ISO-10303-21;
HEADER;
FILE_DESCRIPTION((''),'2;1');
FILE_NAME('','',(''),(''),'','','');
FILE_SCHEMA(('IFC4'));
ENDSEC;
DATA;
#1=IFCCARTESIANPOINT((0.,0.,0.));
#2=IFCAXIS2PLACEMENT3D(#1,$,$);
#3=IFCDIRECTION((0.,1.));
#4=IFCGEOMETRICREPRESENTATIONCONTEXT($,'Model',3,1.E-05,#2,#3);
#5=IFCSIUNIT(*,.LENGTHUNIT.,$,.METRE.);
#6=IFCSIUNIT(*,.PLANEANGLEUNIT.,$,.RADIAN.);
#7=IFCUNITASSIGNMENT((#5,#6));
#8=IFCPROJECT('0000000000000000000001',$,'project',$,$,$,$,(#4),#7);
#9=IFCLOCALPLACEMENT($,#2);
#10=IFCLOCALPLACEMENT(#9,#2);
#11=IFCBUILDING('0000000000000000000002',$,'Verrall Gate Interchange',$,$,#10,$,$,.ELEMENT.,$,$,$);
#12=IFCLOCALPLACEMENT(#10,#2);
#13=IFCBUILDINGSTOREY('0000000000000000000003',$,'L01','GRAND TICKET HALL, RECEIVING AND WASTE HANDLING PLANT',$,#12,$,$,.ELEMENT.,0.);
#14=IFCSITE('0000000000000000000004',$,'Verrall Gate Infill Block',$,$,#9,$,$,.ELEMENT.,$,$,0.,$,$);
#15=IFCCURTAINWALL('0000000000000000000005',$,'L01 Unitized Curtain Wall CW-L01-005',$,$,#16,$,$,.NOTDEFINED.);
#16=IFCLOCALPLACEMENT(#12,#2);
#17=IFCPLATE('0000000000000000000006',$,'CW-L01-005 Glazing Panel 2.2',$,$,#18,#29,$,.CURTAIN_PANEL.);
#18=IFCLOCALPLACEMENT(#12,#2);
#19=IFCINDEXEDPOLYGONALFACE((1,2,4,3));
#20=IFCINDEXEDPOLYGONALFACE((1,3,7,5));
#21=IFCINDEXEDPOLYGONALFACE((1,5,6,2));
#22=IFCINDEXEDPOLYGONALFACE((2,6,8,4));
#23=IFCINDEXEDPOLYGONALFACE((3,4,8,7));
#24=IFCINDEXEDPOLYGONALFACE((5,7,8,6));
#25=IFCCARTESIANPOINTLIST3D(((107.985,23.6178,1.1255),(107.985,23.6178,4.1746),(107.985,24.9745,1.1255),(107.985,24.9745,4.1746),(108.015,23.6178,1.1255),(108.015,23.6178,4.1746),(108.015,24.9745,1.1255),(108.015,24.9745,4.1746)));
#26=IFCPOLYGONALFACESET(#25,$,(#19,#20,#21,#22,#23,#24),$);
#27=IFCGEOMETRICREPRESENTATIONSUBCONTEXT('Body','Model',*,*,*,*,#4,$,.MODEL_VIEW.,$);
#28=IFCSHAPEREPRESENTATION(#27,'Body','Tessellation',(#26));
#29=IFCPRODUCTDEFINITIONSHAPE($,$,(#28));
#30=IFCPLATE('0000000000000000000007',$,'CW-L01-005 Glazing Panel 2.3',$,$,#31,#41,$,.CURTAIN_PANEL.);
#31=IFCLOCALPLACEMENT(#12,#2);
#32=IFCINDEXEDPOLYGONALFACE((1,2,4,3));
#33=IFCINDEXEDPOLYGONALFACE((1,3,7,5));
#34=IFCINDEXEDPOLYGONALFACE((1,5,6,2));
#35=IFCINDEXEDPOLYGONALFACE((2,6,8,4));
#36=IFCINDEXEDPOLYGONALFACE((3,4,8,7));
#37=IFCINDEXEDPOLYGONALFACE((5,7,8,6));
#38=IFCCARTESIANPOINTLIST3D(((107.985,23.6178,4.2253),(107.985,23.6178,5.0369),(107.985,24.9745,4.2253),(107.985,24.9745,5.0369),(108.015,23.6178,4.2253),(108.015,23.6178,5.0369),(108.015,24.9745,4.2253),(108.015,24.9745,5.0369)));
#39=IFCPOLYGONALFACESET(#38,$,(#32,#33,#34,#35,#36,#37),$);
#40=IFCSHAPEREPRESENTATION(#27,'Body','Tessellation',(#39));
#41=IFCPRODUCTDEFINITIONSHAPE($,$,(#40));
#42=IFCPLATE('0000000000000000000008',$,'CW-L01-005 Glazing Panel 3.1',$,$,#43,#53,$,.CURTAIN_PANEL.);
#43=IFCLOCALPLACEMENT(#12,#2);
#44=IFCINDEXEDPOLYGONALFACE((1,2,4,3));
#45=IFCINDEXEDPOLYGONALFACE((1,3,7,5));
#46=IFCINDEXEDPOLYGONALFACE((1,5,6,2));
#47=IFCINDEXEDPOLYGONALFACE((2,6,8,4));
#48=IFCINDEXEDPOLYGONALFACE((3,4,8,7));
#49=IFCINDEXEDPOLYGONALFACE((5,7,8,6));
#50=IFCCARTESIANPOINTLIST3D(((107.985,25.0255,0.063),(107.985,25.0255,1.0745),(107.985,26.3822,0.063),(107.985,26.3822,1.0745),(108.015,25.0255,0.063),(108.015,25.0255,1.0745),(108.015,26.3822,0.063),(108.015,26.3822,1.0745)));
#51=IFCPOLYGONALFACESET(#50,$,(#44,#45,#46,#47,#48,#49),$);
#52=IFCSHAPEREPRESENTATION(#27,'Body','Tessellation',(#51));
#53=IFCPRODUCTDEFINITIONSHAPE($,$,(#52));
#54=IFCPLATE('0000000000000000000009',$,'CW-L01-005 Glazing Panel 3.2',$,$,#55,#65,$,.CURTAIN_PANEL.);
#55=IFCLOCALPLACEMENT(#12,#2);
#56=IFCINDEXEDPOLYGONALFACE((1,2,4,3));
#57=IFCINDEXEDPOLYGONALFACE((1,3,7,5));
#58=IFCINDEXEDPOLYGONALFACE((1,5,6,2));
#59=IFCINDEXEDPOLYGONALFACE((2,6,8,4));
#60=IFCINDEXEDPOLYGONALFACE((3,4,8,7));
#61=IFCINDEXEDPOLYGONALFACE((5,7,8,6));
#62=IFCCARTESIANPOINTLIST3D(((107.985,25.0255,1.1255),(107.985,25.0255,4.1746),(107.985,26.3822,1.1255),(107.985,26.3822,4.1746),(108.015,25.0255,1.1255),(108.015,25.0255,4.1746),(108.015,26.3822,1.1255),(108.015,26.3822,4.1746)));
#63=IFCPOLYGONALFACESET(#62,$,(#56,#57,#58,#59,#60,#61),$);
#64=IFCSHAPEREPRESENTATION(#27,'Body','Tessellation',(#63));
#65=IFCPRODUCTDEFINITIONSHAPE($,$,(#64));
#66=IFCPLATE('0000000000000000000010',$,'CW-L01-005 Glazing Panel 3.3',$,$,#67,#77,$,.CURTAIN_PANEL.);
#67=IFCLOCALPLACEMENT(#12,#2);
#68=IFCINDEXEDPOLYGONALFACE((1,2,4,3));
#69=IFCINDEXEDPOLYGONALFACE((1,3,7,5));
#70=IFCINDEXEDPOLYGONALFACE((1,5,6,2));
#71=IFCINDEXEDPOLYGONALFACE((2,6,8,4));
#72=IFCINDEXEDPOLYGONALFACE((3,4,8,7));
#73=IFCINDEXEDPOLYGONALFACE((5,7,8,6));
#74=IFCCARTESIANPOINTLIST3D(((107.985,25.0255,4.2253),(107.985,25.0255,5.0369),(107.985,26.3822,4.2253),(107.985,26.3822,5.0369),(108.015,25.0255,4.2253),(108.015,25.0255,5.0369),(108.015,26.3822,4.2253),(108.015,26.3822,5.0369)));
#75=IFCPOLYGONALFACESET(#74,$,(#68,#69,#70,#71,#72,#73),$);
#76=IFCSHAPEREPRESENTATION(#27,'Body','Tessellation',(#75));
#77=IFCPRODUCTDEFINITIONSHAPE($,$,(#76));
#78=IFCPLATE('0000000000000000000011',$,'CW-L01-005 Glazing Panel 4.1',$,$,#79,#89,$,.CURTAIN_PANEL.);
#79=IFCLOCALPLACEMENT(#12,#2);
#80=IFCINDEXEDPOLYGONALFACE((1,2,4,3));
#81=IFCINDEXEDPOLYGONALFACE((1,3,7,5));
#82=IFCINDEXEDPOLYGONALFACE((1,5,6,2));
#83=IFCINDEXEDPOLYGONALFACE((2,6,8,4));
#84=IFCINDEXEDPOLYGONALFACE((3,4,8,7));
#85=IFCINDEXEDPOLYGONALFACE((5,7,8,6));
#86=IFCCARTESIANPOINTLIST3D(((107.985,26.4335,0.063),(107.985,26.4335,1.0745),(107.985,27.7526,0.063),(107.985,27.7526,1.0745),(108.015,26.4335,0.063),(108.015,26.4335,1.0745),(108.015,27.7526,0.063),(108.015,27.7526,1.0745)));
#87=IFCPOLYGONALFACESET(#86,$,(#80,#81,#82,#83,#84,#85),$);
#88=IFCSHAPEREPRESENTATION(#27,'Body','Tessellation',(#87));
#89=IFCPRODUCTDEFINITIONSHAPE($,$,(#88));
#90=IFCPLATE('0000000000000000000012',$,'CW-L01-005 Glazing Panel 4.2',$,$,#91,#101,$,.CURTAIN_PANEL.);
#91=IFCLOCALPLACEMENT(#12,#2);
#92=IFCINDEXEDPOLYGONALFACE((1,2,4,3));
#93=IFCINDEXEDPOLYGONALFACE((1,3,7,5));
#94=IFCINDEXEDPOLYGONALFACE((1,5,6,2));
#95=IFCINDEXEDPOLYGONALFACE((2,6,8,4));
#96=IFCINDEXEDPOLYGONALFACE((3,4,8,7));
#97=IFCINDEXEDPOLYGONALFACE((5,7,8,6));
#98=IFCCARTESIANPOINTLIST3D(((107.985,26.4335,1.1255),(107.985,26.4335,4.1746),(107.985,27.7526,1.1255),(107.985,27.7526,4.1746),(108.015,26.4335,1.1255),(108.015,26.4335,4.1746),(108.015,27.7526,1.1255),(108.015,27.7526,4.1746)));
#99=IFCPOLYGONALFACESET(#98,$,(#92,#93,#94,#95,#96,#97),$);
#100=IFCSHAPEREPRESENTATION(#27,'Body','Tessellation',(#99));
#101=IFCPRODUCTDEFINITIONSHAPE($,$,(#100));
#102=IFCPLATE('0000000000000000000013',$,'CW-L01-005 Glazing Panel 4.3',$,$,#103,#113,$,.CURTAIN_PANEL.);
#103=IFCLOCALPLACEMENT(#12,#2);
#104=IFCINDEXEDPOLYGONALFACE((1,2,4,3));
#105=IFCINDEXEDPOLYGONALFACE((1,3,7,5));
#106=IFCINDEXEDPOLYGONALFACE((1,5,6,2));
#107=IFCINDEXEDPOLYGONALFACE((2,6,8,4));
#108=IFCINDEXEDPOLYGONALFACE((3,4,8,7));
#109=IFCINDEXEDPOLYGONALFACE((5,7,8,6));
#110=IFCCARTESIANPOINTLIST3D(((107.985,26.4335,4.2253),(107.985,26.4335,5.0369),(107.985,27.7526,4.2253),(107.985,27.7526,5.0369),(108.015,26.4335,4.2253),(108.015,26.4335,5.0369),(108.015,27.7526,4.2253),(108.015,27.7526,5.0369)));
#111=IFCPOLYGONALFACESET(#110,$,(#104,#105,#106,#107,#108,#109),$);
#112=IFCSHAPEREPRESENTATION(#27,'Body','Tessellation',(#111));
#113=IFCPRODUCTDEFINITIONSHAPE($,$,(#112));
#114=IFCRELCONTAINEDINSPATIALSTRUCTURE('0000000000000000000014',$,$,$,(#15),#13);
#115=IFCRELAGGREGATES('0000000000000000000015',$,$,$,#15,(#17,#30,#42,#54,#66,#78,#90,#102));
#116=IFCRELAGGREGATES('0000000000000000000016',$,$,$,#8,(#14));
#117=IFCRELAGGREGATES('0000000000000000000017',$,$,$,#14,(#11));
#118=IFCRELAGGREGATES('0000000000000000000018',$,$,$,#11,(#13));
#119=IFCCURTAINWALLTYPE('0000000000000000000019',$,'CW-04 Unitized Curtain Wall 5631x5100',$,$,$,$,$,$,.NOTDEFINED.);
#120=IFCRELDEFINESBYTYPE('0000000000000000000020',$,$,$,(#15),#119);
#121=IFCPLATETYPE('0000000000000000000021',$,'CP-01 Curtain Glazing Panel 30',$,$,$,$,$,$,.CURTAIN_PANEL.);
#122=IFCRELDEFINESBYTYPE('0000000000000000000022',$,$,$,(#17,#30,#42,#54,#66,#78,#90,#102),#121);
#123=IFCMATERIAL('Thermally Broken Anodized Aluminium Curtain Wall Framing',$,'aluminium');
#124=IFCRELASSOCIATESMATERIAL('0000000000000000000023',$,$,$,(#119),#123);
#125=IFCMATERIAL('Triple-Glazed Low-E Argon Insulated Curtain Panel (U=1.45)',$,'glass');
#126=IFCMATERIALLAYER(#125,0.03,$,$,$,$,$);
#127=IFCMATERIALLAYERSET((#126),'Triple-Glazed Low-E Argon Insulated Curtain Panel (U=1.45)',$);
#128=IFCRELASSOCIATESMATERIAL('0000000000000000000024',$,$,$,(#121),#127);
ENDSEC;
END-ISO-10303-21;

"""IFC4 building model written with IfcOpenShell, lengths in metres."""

from ifc_helpers import new_model, si_unit, direction, frame, origin, origin_2d, place, context, subcontext, project, spatial, rectangle, extrude, material, layer, layer_set, type_object, element, aggregate, save


model = new_model("IFC4")

# Units and contexts
model_context = context("Model", 3, precision=1e-05, world=origin(), true_north=direction((0.0, 1.0)))
body_context = subcontext(model_context, "Body", "Model", "MODEL_VIEW")
ifc_project = project(units=[si_unit("LENGTHUNIT", "METRE"), si_unit("PLANEANGLEUNIT", "RADIAN")], contexts=[model_context])

# Site, building, storey
site_placement = place(None, origin())
site = spatial("IfcSite", under=ifc_project, at=site_placement, Name="Verrall Gate Infill Block", CompositionType="ELEMENT", RefElevation=0.0)
building_placement = place(site_placement, origin())
building = spatial("IfcBuilding", under=site, at=building_placement, Name="Verrall Gate Interchange", CompositionType="ELEMENT")
storey_placement = place(building_placement, origin())
storey = spatial("IfcBuildingStorey", under=building, at=storey_placement, Name="L01", Description="GRAND TICKET HALL, RECEIVING AND WASTE HANDLING PLANT", CompositionType="ELEMENT", Elevation=0.0)

# Curtain wall, plates
ifc_material_1 = material(Name="Thermally Broken Anodized Aluminium Curtain Wall Framing", Category="aluminium")
curtain_wall_type = type_object("IfcCurtainWallType", Name="CW-04 Unitized Curtain Wall 5631x5100", PredefinedType="NOTDEFINED", material=ifc_material_1)
curtain_wall_placement = place(storey_placement, origin())
curtain_wall = element("IfcCurtainWall", 1, at=curtain_wall_placement, inside=storey, type_object=curtain_wall_type, Name="L01 Unitized Curtain Wall CW-L01-005", PredefinedType="NOTDEFINED")
ifc_material_2 = material(Name="Triple-Glazed Low-E Argon Insulated Curtain Panel (U=1.45)", Category="glass")
ifc_layer = layer(ifc_material_2, 0.03)
ifc_layer_set = layer_set([ifc_layer], Name="Triple-Glazed Low-E Argon Insulated Curtain Panel (U=1.45)")
plate_type = type_object("IfcPlateType", Name="CP-01 Curtain Glazing Panel 30", PredefinedType="CURTAIN_PANEL", material=ifc_layer_set)
plate_1_placement = place(storey_placement, frame((108.0, 24.2961, 1.1255), z_axis=(0.0, 0.0, 1.0), x_axis=(0.0, 1.0, 0.0)))
plate_1 = element("IfcPlate", 2, at=plate_1_placement, type_object=plate_type, Name="CW-L01-005 Glazing Panel 2.2", PredefinedType="CURTAIN_PANEL", context=body_context, shape_type="SweptSolid", body=[
    extrude(rectangle(XDim=1.3567, YDim=0.03, at=origin_2d()), origin(), (0.0, 0.0, 1.0), 3.0491),
])
plate_2_placement = place(storey_placement, frame((108.0, 24.2961, 4.2253), z_axis=(0.0, 0.0, 1.0), x_axis=(0.0, 1.0, 0.0)))
plate_2 = element("IfcPlate", 3, at=plate_2_placement, type_object=plate_type, Name="CW-L01-005 Glazing Panel 2.3", PredefinedType="CURTAIN_PANEL", context=body_context, shape_type="SweptSolid", body=[
    extrude(rectangle(XDim=1.3567, YDim=0.03, at=origin_2d()), origin(), (0.0, 0.0, 1.0), 0.8115),
])
plate_3_placement = place(storey_placement, frame((108.0, 25.7039, 0.063), z_axis=(0.0, 0.0, 1.0), x_axis=(0.0, 1.0, 0.0)))
plate_3 = element("IfcPlate", 4, at=plate_3_placement, type_object=plate_type, Name="CW-L01-005 Glazing Panel 3.1", PredefinedType="CURTAIN_PANEL", context=body_context, shape_type="SweptSolid", body=[
    extrude(rectangle(XDim=1.3567, YDim=0.03, at=origin_2d()), origin(), (0.0, 0.0, 1.0), 1.0115),
])
plate_4_placement = place(storey_placement, frame((108.0, 25.7039, 1.1255), z_axis=(0.0, 0.0, 1.0), x_axis=(0.0, 1.0, 0.0)))
plate_4 = element("IfcPlate", 5, at=plate_4_placement, type_object=plate_type, Name="CW-L01-005 Glazing Panel 3.2", PredefinedType="CURTAIN_PANEL", context=body_context, shape_type="SweptSolid", body=[
    extrude(rectangle(XDim=1.3567, YDim=0.03, at=origin_2d()), origin(), (0.0, 0.0, 1.0), 3.0491),
])
plate_5_placement = place(storey_placement, frame((108.0, 25.7039, 4.2253), z_axis=(0.0, 0.0, 1.0), x_axis=(0.0, 1.0, 0.0)))
plate_5 = element("IfcPlate", 6, at=plate_5_placement, type_object=plate_type, Name="CW-L01-005 Glazing Panel 3.3", PredefinedType="CURTAIN_PANEL", context=body_context, shape_type="SweptSolid", body=[
    extrude(rectangle(XDim=1.3567, YDim=0.03, at=origin_2d()), origin(), (0.0, 0.0, 1.0), 0.8115),
])
plate_6_placement = place(storey_placement, frame((108.0, 27.093, 0.063), z_axis=(0.0, 0.0, 1.0), x_axis=(0.0, 1.0, 0.0)))
plate_6 = element("IfcPlate", 7, at=plate_6_placement, type_object=plate_type, Name="CW-L01-005 Glazing Panel 4.1", PredefinedType="CURTAIN_PANEL", context=body_context, shape_type="SweptSolid", body=[
    extrude(rectangle(XDim=1.3191, YDim=0.03, at=origin_2d()), origin(), (0.0, 0.0, 1.0), 1.0115),
])
plate_7_placement = place(storey_placement, frame((108.0, 27.093, 1.1255), z_axis=(0.0, 0.0, 1.0), x_axis=(0.0, 1.0, 0.0)))
plate_7 = element("IfcPlate", 8, at=plate_7_placement, type_object=plate_type, Name="CW-L01-005 Glazing Panel 4.2", PredefinedType="CURTAIN_PANEL", context=body_context, shape_type="SweptSolid", body=[
    extrude(rectangle(XDim=1.3191, YDim=0.03, at=origin_2d()), origin(), (0.0, 0.0, 1.0), 3.0491),
])
plate_8_placement = place(storey_placement, frame((108.0, 27.093, 4.2253), z_axis=(0.0, 0.0, 1.0), x_axis=(0.0, 1.0, 0.0)))
plate_8 = element("IfcPlate", 9, at=plate_8_placement, type_object=plate_type, Name="CW-L01-005 Glazing Panel 4.3", PredefinedType="CURTAIN_PANEL", context=body_context, shape_type="SweptSolid", body=[
    extrude(rectangle(XDim=1.3191, YDim=0.03, at=origin_2d()), origin(), (0.0, 0.0, 1.0), 0.8115),
])
aggregate(curtain_wall, [plate_1, plate_2, plate_3, plate_4, plate_5, plate_6, plate_7, plate_8])

save(model, "model.ifc")
